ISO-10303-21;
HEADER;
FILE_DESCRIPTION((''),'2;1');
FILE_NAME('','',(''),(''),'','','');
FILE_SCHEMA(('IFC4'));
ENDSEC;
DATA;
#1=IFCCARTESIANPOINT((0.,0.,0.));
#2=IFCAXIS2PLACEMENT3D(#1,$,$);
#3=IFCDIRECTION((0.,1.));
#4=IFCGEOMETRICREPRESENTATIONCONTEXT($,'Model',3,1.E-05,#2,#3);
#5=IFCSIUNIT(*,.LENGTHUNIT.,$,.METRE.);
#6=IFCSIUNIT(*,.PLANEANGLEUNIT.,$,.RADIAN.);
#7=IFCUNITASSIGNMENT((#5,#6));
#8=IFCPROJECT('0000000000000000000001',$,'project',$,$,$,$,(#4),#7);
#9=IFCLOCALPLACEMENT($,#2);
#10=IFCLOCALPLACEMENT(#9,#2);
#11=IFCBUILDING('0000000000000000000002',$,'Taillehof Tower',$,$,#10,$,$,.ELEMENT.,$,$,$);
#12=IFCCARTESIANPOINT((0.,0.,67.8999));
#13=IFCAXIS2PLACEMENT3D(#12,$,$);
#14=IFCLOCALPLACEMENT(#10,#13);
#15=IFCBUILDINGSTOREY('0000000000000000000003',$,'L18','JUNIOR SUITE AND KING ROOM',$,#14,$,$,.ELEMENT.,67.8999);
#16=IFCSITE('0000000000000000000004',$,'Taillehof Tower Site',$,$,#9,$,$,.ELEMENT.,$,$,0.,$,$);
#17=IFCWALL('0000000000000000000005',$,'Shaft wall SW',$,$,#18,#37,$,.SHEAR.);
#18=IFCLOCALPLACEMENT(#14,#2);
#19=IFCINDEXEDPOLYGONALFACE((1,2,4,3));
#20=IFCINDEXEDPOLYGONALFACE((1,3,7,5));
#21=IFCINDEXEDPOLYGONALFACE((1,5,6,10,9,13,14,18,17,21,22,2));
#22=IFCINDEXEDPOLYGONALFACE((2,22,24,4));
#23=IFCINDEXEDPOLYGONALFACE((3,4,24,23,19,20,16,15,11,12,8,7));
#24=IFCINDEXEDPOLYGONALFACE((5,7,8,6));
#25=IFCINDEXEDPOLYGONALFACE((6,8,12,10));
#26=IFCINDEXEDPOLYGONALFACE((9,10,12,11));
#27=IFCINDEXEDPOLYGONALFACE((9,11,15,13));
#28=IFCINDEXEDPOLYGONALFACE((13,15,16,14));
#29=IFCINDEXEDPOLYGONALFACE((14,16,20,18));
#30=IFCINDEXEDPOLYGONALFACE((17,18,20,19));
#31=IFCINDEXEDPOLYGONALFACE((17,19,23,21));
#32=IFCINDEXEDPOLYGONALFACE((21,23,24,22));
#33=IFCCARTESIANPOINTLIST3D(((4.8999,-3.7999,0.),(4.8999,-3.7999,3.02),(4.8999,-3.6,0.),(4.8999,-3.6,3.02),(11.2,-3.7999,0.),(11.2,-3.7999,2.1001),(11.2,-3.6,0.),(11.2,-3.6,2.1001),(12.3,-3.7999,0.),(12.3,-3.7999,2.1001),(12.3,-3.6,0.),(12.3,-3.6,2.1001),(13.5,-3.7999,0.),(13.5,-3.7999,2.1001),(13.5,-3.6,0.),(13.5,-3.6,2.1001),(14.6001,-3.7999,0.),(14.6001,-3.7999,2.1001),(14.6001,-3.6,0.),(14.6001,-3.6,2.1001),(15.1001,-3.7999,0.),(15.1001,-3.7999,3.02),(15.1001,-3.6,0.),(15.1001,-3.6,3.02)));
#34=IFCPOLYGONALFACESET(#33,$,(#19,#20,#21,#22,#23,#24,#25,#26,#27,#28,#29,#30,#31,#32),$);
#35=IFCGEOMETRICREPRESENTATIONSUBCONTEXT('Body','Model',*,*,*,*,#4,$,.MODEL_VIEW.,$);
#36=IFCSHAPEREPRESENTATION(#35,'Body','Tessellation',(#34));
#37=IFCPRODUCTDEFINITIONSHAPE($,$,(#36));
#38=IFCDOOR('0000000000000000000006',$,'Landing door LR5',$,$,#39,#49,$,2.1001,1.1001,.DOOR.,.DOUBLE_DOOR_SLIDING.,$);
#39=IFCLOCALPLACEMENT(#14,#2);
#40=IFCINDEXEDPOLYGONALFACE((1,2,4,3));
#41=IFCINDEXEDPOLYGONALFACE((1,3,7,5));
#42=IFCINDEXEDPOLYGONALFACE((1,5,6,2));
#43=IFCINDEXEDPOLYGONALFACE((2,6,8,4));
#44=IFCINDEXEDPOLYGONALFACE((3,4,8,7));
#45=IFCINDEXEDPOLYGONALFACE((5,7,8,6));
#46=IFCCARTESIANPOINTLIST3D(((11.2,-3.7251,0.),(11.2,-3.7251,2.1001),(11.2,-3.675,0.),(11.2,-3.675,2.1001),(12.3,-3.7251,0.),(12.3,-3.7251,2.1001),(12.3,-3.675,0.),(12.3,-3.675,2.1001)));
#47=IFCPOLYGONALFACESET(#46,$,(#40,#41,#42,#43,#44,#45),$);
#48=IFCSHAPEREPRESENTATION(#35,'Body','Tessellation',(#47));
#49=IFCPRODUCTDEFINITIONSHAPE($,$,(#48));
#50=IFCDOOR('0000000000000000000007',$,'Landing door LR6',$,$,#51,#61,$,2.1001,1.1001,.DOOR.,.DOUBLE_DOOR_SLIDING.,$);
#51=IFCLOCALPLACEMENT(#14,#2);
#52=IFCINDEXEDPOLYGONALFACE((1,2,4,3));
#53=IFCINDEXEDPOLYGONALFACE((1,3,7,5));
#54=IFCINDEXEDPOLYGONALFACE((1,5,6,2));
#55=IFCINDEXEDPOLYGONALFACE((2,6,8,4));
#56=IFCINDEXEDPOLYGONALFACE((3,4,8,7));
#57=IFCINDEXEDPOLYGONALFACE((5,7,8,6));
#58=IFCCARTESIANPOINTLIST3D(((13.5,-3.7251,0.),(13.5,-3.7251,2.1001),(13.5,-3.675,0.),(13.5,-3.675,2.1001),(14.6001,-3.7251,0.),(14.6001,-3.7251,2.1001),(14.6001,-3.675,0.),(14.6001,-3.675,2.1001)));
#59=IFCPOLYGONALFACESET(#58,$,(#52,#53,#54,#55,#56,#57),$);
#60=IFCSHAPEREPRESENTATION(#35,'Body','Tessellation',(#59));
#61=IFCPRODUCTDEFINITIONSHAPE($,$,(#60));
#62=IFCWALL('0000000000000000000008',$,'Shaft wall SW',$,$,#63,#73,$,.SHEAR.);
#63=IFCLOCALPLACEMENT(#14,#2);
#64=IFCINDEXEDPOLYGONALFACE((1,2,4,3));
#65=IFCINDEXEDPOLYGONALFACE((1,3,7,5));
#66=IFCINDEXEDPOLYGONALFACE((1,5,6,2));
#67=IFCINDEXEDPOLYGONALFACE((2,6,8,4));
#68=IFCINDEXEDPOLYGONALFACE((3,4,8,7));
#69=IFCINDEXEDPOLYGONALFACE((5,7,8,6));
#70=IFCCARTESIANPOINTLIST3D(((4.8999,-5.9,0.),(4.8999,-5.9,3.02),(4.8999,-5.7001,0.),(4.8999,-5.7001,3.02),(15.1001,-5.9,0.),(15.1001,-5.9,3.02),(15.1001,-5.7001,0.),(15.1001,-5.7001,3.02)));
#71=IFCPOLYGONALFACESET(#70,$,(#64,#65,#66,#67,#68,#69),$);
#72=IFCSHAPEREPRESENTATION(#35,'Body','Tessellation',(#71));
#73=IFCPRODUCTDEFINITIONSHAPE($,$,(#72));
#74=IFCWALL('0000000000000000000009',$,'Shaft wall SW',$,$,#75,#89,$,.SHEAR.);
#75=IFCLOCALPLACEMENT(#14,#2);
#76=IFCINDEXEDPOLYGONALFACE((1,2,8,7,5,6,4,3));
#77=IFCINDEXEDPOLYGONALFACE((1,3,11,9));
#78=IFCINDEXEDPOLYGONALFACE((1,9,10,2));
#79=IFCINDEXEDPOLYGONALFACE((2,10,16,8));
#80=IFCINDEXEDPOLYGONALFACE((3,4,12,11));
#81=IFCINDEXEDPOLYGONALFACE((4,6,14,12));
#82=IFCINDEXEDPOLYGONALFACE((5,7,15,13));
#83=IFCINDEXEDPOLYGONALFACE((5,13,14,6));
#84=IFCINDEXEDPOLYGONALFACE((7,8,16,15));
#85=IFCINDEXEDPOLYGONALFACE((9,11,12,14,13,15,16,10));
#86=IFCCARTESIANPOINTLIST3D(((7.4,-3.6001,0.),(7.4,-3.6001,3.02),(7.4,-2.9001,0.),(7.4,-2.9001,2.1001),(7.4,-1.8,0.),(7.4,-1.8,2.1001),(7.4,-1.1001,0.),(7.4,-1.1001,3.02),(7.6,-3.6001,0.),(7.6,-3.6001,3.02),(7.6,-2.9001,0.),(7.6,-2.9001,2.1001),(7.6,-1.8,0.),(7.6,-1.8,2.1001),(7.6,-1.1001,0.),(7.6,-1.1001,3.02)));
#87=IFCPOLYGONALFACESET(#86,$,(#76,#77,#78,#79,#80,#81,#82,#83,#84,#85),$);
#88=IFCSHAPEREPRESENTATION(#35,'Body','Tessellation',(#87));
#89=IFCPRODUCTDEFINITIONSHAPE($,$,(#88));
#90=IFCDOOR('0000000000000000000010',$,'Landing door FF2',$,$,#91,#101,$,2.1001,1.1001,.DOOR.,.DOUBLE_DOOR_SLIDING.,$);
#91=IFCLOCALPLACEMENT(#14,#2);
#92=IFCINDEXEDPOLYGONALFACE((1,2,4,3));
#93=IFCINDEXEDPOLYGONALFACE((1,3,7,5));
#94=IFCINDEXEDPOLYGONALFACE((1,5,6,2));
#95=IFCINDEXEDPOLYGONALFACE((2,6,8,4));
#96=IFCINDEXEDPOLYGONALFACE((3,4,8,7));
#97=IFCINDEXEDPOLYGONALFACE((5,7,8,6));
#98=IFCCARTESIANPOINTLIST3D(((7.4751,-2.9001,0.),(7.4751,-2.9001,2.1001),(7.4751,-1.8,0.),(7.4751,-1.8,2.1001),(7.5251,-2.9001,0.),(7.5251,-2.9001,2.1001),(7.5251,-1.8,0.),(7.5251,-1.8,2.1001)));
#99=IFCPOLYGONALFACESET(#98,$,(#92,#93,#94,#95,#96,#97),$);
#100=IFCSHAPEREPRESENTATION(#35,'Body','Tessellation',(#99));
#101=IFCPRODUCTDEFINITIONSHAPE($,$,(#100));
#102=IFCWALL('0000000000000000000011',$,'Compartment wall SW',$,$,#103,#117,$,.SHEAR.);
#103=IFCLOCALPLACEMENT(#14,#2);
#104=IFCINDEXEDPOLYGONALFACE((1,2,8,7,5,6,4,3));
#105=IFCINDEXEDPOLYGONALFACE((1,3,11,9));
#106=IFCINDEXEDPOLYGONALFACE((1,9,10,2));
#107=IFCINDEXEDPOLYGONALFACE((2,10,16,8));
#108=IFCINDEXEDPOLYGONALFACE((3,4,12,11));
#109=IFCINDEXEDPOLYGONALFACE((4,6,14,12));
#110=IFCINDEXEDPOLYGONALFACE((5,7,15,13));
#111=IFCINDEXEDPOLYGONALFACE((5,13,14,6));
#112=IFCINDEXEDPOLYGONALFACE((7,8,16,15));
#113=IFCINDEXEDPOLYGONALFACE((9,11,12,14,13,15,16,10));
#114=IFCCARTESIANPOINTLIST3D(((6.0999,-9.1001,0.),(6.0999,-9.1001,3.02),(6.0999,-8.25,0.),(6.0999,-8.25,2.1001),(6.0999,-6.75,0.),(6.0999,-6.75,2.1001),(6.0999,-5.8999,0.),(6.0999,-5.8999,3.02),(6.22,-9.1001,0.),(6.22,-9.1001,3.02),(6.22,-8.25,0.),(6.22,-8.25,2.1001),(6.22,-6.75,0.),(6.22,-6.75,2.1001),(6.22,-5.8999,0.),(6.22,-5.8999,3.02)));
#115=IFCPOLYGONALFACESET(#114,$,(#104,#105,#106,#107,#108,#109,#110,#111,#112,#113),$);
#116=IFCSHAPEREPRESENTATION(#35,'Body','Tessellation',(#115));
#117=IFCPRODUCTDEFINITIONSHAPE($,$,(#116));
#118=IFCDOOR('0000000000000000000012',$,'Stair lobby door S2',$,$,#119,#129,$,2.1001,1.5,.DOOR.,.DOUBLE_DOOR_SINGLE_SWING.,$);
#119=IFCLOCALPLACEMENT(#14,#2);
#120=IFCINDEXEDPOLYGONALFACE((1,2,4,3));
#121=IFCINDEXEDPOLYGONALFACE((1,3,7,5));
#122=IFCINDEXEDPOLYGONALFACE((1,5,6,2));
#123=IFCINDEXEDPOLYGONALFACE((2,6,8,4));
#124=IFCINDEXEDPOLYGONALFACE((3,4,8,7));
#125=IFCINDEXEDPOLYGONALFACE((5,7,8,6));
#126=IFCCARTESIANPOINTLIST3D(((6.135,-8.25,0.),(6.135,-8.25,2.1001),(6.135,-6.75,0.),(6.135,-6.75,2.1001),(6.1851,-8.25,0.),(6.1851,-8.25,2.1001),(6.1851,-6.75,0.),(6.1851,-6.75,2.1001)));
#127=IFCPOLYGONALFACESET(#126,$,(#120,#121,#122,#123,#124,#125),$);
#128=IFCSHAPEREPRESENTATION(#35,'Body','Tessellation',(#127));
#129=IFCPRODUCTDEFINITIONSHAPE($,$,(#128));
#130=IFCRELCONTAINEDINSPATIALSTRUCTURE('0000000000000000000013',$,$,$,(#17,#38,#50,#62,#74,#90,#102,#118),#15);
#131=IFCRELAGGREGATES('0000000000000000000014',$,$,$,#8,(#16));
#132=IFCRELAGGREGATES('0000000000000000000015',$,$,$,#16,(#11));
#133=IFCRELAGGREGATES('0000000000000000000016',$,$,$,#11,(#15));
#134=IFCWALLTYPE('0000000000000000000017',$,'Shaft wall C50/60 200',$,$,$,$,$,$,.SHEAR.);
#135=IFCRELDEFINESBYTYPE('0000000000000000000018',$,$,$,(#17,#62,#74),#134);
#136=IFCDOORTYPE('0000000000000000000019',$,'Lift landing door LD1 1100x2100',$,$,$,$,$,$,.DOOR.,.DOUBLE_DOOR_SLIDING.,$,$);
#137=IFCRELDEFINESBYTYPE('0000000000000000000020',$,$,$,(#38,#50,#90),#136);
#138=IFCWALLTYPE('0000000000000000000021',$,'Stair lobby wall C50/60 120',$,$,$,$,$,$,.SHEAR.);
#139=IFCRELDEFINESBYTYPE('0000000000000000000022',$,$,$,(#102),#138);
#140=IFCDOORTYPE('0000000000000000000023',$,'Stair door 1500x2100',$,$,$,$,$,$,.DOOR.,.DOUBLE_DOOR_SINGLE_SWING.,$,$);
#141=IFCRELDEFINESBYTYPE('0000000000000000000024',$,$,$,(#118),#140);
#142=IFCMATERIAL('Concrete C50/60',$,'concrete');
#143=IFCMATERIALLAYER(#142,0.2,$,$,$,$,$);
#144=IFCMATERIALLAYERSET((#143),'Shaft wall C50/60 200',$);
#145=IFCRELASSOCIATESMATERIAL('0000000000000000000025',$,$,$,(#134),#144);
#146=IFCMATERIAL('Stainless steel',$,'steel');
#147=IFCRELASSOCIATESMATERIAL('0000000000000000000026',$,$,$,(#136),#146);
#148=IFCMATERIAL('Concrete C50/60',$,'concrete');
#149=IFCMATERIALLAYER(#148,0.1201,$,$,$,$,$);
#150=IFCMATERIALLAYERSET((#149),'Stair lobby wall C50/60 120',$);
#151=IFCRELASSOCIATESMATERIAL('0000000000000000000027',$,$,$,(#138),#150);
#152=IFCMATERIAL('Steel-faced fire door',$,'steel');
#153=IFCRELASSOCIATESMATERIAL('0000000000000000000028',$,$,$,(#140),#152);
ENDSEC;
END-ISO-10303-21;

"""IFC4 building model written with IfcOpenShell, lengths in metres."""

from ifc_helpers import new_model, si_unit, direction, frame, frame_2d, origin, place, context, subcontext, project, spatial, rectangle, extrude, material, layer, layer_set, type_object, element, fill, save


model = new_model("IFC4")

# Units and contexts
model_context = context("Model", 3, precision=1e-05, world=origin(), true_north=direction((0.0, 1.0)))
body_context = subcontext(model_context, "Body", "Model", "MODEL_VIEW")
ifc_project = project(units=[si_unit("LENGTHUNIT", "METRE"), si_unit("PLANEANGLEUNIT", "RADIAN")], contexts=[model_context])

# Site, building, storey
site_placement = place(None, origin())
site = spatial("IfcSite", under=ifc_project, at=site_placement, Name="Taillehof Tower Site", CompositionType="ELEMENT", RefElevation=0.0)
building_placement = place(site_placement, origin())
building = spatial("IfcBuilding", under=site, at=building_placement, Name="Taillehof Tower", CompositionType="ELEMENT")
storey_placement = place(building_placement, frame((0.0, 0.0, 67.8999)))
storey = spatial("IfcBuildingStorey", under=building, at=storey_placement, Name="L18", Description="JUNIOR SUITE AND KING ROOM", CompositionType="ELEMENT", Elevation=67.8999)

# Shared definitions
ifc_material_1 = material(Name="Concrete C50/60", Category="concrete")
ifc_layer_1 = layer(ifc_material_1, 0.2)
ifc_layer_set_1 = layer_set([ifc_layer_1], Name="Shaft wall C50/60 200")
wall_type_1 = type_object("IfcWallType", Name="Shaft wall C50/60 200", PredefinedType="SHEAR", material=ifc_layer_set_1)

# Wall, openings, doors
wall_1_placement = place(storey_placement, frame((4.8999, -3.7, 0.0), z_axis=(0.0, 0.0, 1.0), x_axis=(1.0, 0.0, 0.0)))
wall_1 = element("IfcWall", 1, at=wall_1_placement, inside=storey, type_object=wall_type_1, Name="Shaft wall SW", PredefinedType="SHEAR", context=body_context, shape_type="SweptSolid", body=[
    extrude(rectangle(XDim=10.2002, YDim=0.2, at=frame_2d((5.1001, 0.0))), origin(), (0.0, 0.0, 1.0), 3.02),
])
opening_1_placement = place(wall_1_placement, frame((6.3, 0.0, 0.0)))
opening_1 = element("IfcOpeningElement", 2, at=opening_1_placement, cuts=wall_1, PredefinedType="OPENING", context=body_context, shape_type="SweptSolid", body=[
    extrude(rectangle(XDim=1.1001, YDim=2.1001, at=frame_2d((0.55, 1.05))), frame((0.0, 0.1099, 0.0), z_axis=(0.0, -1.0, 0.0), x_axis=(1.0, 0.0, 0.0)), (0.0, 0.0, 1.0), 0.22),
])
opening_2_placement = place(wall_1_placement, frame((8.6001, 0.0, 0.0)))
opening_2 = element("IfcOpeningElement", 3, at=opening_2_placement, cuts=wall_1, PredefinedType="OPENING", context=body_context, shape_type="SweptSolid", body=[
    extrude(rectangle(XDim=1.1001, YDim=2.1001, at=frame_2d((0.55, 1.05))), frame((0.0, 0.1099, 0.0), z_axis=(0.0, -1.0, 0.0), x_axis=(1.0, 0.0, 0.0)), (0.0, 0.0, 1.0), 0.22),
])
ifc_material_2 = material(Name="Stainless steel", Category="steel")
door_type_1 = type_object("IfcDoorType", Name="Lift landing door LD1 1100x2100", OperationType="DOUBLE_DOOR_SLIDING", PredefinedType="DOOR", material=ifc_material_2)
door_1_placement = place(opening_1_placement, origin())
door_1 = element("IfcDoor", 4, at=door_1_placement, inside=storey, type_object=door_type_1, Name="Landing door LR5", OperationType="DOUBLE_DOOR_SLIDING", OverallHeight=2.1001, OverallWidth=1.1001, PredefinedType="DOOR", context=body_context, shape_type="SweptSolid", body=[
    extrude(rectangle(XDim=1.1001, YDim=2.1001, at=frame_2d((0.55, 1.05))), frame((0.0, 0.0249, 0.0), z_axis=(0.0, -1.0, 0.0), x_axis=(1.0, 0.0, 0.0)), (0.0, 0.0, 1.0), 0.05),
])
fill(opening_1, door_1)
door_2_placement = place(opening_2_placement, origin())
door_2 = element("IfcDoor", 5, at=door_2_placement, inside=storey, type_object=door_type_1, Name="Landing door LR6", OperationType="DOUBLE_DOOR_SLIDING", OverallHeight=2.1001, OverallWidth=1.1001, PredefinedType="DOOR", context=body_context, shape_type="SweptSolid", body=[
    extrude(rectangle(XDim=1.1001, YDim=2.1001, at=frame_2d((0.55, 1.05))), frame((0.0, 0.0249, 0.0), z_axis=(0.0, -1.0, 0.0), x_axis=(1.0, 0.0, 0.0)), (0.0, 0.0, 1.0), 0.05),
])
fill(opening_2, door_2)

# Wall
wall_2_placement = place(storey_placement, frame((4.8999, -5.8, 0.0), z_axis=(0.0, 0.0, 1.0), x_axis=(1.0, 0.0, 0.0)))
element("IfcWall", 6, at=wall_2_placement, inside=storey, type_object=wall_type_1, Name="Shaft wall SW", PredefinedType="SHEAR", context=body_context, shape_type="SweptSolid", body=[
    extrude(rectangle(XDim=10.2002, YDim=0.2, at=frame_2d((5.1001, 0.0))), origin(), (0.0, 0.0, 1.0), 3.02),
])

# Walls, openings, doors
wall_3_placement = place(storey_placement, frame((7.5, -3.6001, 0.0), z_axis=(0.0, 0.0, 1.0), x_axis=(0.0, 1.0, 0.0)))
wall_3 = element("IfcWall", 7, at=wall_3_placement, inside=storey, type_object=wall_type_1, Name="Shaft wall SW", PredefinedType="SHEAR", context=body_context, shape_type="SweptSolid", body=[
    extrude(rectangle(XDim=2.5, YDim=0.2, at=frame_2d((1.25, 0.0))), origin(), (0.0, 0.0, 1.0), 3.02),
])
opening_3_placement = place(wall_3_placement, frame((0.7, 0.0, 0.0)))
opening_3 = element("IfcOpeningElement", 8, at=opening_3_placement, cuts=wall_3, PredefinedType="OPENING", context=body_context, shape_type="SweptSolid", body=[
    extrude(rectangle(XDim=1.1001, YDim=2.1001, at=frame_2d((0.55, 1.05))), frame((0.0, 0.1099, 0.0), z_axis=(0.0, -1.0, 0.0), x_axis=(1.0, 0.0, 0.0)), (0.0, 0.0, 1.0), 0.22),
])
door_3_placement = place(opening_3_placement, origin())
door_3 = element("IfcDoor", 9, at=door_3_placement, inside=storey, type_object=door_type_1, Name="Landing door FF2", OperationType="DOUBLE_DOOR_SLIDING", OverallHeight=2.1001, OverallWidth=1.1001, PredefinedType="DOOR", context=body_context, shape_type="SweptSolid", body=[
    extrude(rectangle(XDim=1.1001, YDim=2.1001, at=frame_2d((0.55, 1.05))), frame((0.0, 0.0249, 0.0), z_axis=(0.0, -1.0, 0.0), x_axis=(1.0, 0.0, 0.0)), (0.0, 0.0, 1.0), 0.05),
])
fill(opening_3, door_3)
ifc_material_3 = material(Name="Concrete C50/60", Category="concrete")
ifc_layer_2 = layer(ifc_material_3, 0.1201)
ifc_layer_set_2 = layer_set([ifc_layer_2], Name="Stair lobby wall C50/60 120")
wall_type_2 = type_object("IfcWallType", Name="Stair lobby wall C50/60 120", PredefinedType="SHEAR", material=ifc_layer_set_2)
wall_4_placement = place(storey_placement, frame((6.1599, -9.1001, 0.0), z_axis=(0.0, 0.0, 1.0), x_axis=(0.0, 1.0, 0.0)))
wall_4 = element("IfcWall", 10, at=wall_4_placement, inside=storey, type_object=wall_type_2, Name="Compartment wall SW", PredefinedType="SHEAR", context=body_context, shape_type="SweptSolid", body=[
    extrude(rectangle(XDim=3.2002, YDim=0.1201, at=frame_2d((1.6001, 0.0))), origin(), (0.0, 0.0, 1.0), 3.02),
])
opening_4_placement = place(wall_4_placement, frame((0.8501, 0.0, 0.0)))
opening_4 = element("IfcOpeningElement", 11, at=opening_4_placement, cuts=wall_4, PredefinedType="OPENING", context=body_context, shape_type="SweptSolid", body=[
    extrude(rectangle(XDim=1.5, YDim=2.1001, at=frame_2d((0.75, 1.05))), frame((0.0, 0.0701, 0.0), z_axis=(0.0, -1.0, 0.0), x_axis=(1.0, 0.0, 0.0)), (0.0, 0.0, 1.0), 0.1401),
])
ifc_material_4 = material(Name="Steel-faced fire door", Category="steel")
door_type_2 = type_object("IfcDoorType", Name="Stair door 1500x2100", OperationType="DOUBLE_DOOR_SINGLE_SWING", PredefinedType="DOOR", material=ifc_material_4)
door_4_placement = place(opening_4_placement, origin())
door_4 = element("IfcDoor", 12, at=door_4_placement, inside=storey, type_object=door_type_2, Name="Stair lobby door S2", OperationType="DOUBLE_DOOR_SINGLE_SWING", OverallHeight=2.1001, OverallWidth=1.5, PredefinedType="DOOR", context=body_context, shape_type="SweptSolid", body=[
    extrude(rectangle(XDim=1.5, YDim=2.1001, at=frame_2d((0.75, 1.05))), frame((0.0, 0.0249, 0.0), z_axis=(0.0, -1.0, 0.0), x_axis=(1.0, 0.0, 0.0)), (0.0, 0.0, 1.0), 0.05),
])
fill(opening_4, door_4)

save(model, "model.ifc")
